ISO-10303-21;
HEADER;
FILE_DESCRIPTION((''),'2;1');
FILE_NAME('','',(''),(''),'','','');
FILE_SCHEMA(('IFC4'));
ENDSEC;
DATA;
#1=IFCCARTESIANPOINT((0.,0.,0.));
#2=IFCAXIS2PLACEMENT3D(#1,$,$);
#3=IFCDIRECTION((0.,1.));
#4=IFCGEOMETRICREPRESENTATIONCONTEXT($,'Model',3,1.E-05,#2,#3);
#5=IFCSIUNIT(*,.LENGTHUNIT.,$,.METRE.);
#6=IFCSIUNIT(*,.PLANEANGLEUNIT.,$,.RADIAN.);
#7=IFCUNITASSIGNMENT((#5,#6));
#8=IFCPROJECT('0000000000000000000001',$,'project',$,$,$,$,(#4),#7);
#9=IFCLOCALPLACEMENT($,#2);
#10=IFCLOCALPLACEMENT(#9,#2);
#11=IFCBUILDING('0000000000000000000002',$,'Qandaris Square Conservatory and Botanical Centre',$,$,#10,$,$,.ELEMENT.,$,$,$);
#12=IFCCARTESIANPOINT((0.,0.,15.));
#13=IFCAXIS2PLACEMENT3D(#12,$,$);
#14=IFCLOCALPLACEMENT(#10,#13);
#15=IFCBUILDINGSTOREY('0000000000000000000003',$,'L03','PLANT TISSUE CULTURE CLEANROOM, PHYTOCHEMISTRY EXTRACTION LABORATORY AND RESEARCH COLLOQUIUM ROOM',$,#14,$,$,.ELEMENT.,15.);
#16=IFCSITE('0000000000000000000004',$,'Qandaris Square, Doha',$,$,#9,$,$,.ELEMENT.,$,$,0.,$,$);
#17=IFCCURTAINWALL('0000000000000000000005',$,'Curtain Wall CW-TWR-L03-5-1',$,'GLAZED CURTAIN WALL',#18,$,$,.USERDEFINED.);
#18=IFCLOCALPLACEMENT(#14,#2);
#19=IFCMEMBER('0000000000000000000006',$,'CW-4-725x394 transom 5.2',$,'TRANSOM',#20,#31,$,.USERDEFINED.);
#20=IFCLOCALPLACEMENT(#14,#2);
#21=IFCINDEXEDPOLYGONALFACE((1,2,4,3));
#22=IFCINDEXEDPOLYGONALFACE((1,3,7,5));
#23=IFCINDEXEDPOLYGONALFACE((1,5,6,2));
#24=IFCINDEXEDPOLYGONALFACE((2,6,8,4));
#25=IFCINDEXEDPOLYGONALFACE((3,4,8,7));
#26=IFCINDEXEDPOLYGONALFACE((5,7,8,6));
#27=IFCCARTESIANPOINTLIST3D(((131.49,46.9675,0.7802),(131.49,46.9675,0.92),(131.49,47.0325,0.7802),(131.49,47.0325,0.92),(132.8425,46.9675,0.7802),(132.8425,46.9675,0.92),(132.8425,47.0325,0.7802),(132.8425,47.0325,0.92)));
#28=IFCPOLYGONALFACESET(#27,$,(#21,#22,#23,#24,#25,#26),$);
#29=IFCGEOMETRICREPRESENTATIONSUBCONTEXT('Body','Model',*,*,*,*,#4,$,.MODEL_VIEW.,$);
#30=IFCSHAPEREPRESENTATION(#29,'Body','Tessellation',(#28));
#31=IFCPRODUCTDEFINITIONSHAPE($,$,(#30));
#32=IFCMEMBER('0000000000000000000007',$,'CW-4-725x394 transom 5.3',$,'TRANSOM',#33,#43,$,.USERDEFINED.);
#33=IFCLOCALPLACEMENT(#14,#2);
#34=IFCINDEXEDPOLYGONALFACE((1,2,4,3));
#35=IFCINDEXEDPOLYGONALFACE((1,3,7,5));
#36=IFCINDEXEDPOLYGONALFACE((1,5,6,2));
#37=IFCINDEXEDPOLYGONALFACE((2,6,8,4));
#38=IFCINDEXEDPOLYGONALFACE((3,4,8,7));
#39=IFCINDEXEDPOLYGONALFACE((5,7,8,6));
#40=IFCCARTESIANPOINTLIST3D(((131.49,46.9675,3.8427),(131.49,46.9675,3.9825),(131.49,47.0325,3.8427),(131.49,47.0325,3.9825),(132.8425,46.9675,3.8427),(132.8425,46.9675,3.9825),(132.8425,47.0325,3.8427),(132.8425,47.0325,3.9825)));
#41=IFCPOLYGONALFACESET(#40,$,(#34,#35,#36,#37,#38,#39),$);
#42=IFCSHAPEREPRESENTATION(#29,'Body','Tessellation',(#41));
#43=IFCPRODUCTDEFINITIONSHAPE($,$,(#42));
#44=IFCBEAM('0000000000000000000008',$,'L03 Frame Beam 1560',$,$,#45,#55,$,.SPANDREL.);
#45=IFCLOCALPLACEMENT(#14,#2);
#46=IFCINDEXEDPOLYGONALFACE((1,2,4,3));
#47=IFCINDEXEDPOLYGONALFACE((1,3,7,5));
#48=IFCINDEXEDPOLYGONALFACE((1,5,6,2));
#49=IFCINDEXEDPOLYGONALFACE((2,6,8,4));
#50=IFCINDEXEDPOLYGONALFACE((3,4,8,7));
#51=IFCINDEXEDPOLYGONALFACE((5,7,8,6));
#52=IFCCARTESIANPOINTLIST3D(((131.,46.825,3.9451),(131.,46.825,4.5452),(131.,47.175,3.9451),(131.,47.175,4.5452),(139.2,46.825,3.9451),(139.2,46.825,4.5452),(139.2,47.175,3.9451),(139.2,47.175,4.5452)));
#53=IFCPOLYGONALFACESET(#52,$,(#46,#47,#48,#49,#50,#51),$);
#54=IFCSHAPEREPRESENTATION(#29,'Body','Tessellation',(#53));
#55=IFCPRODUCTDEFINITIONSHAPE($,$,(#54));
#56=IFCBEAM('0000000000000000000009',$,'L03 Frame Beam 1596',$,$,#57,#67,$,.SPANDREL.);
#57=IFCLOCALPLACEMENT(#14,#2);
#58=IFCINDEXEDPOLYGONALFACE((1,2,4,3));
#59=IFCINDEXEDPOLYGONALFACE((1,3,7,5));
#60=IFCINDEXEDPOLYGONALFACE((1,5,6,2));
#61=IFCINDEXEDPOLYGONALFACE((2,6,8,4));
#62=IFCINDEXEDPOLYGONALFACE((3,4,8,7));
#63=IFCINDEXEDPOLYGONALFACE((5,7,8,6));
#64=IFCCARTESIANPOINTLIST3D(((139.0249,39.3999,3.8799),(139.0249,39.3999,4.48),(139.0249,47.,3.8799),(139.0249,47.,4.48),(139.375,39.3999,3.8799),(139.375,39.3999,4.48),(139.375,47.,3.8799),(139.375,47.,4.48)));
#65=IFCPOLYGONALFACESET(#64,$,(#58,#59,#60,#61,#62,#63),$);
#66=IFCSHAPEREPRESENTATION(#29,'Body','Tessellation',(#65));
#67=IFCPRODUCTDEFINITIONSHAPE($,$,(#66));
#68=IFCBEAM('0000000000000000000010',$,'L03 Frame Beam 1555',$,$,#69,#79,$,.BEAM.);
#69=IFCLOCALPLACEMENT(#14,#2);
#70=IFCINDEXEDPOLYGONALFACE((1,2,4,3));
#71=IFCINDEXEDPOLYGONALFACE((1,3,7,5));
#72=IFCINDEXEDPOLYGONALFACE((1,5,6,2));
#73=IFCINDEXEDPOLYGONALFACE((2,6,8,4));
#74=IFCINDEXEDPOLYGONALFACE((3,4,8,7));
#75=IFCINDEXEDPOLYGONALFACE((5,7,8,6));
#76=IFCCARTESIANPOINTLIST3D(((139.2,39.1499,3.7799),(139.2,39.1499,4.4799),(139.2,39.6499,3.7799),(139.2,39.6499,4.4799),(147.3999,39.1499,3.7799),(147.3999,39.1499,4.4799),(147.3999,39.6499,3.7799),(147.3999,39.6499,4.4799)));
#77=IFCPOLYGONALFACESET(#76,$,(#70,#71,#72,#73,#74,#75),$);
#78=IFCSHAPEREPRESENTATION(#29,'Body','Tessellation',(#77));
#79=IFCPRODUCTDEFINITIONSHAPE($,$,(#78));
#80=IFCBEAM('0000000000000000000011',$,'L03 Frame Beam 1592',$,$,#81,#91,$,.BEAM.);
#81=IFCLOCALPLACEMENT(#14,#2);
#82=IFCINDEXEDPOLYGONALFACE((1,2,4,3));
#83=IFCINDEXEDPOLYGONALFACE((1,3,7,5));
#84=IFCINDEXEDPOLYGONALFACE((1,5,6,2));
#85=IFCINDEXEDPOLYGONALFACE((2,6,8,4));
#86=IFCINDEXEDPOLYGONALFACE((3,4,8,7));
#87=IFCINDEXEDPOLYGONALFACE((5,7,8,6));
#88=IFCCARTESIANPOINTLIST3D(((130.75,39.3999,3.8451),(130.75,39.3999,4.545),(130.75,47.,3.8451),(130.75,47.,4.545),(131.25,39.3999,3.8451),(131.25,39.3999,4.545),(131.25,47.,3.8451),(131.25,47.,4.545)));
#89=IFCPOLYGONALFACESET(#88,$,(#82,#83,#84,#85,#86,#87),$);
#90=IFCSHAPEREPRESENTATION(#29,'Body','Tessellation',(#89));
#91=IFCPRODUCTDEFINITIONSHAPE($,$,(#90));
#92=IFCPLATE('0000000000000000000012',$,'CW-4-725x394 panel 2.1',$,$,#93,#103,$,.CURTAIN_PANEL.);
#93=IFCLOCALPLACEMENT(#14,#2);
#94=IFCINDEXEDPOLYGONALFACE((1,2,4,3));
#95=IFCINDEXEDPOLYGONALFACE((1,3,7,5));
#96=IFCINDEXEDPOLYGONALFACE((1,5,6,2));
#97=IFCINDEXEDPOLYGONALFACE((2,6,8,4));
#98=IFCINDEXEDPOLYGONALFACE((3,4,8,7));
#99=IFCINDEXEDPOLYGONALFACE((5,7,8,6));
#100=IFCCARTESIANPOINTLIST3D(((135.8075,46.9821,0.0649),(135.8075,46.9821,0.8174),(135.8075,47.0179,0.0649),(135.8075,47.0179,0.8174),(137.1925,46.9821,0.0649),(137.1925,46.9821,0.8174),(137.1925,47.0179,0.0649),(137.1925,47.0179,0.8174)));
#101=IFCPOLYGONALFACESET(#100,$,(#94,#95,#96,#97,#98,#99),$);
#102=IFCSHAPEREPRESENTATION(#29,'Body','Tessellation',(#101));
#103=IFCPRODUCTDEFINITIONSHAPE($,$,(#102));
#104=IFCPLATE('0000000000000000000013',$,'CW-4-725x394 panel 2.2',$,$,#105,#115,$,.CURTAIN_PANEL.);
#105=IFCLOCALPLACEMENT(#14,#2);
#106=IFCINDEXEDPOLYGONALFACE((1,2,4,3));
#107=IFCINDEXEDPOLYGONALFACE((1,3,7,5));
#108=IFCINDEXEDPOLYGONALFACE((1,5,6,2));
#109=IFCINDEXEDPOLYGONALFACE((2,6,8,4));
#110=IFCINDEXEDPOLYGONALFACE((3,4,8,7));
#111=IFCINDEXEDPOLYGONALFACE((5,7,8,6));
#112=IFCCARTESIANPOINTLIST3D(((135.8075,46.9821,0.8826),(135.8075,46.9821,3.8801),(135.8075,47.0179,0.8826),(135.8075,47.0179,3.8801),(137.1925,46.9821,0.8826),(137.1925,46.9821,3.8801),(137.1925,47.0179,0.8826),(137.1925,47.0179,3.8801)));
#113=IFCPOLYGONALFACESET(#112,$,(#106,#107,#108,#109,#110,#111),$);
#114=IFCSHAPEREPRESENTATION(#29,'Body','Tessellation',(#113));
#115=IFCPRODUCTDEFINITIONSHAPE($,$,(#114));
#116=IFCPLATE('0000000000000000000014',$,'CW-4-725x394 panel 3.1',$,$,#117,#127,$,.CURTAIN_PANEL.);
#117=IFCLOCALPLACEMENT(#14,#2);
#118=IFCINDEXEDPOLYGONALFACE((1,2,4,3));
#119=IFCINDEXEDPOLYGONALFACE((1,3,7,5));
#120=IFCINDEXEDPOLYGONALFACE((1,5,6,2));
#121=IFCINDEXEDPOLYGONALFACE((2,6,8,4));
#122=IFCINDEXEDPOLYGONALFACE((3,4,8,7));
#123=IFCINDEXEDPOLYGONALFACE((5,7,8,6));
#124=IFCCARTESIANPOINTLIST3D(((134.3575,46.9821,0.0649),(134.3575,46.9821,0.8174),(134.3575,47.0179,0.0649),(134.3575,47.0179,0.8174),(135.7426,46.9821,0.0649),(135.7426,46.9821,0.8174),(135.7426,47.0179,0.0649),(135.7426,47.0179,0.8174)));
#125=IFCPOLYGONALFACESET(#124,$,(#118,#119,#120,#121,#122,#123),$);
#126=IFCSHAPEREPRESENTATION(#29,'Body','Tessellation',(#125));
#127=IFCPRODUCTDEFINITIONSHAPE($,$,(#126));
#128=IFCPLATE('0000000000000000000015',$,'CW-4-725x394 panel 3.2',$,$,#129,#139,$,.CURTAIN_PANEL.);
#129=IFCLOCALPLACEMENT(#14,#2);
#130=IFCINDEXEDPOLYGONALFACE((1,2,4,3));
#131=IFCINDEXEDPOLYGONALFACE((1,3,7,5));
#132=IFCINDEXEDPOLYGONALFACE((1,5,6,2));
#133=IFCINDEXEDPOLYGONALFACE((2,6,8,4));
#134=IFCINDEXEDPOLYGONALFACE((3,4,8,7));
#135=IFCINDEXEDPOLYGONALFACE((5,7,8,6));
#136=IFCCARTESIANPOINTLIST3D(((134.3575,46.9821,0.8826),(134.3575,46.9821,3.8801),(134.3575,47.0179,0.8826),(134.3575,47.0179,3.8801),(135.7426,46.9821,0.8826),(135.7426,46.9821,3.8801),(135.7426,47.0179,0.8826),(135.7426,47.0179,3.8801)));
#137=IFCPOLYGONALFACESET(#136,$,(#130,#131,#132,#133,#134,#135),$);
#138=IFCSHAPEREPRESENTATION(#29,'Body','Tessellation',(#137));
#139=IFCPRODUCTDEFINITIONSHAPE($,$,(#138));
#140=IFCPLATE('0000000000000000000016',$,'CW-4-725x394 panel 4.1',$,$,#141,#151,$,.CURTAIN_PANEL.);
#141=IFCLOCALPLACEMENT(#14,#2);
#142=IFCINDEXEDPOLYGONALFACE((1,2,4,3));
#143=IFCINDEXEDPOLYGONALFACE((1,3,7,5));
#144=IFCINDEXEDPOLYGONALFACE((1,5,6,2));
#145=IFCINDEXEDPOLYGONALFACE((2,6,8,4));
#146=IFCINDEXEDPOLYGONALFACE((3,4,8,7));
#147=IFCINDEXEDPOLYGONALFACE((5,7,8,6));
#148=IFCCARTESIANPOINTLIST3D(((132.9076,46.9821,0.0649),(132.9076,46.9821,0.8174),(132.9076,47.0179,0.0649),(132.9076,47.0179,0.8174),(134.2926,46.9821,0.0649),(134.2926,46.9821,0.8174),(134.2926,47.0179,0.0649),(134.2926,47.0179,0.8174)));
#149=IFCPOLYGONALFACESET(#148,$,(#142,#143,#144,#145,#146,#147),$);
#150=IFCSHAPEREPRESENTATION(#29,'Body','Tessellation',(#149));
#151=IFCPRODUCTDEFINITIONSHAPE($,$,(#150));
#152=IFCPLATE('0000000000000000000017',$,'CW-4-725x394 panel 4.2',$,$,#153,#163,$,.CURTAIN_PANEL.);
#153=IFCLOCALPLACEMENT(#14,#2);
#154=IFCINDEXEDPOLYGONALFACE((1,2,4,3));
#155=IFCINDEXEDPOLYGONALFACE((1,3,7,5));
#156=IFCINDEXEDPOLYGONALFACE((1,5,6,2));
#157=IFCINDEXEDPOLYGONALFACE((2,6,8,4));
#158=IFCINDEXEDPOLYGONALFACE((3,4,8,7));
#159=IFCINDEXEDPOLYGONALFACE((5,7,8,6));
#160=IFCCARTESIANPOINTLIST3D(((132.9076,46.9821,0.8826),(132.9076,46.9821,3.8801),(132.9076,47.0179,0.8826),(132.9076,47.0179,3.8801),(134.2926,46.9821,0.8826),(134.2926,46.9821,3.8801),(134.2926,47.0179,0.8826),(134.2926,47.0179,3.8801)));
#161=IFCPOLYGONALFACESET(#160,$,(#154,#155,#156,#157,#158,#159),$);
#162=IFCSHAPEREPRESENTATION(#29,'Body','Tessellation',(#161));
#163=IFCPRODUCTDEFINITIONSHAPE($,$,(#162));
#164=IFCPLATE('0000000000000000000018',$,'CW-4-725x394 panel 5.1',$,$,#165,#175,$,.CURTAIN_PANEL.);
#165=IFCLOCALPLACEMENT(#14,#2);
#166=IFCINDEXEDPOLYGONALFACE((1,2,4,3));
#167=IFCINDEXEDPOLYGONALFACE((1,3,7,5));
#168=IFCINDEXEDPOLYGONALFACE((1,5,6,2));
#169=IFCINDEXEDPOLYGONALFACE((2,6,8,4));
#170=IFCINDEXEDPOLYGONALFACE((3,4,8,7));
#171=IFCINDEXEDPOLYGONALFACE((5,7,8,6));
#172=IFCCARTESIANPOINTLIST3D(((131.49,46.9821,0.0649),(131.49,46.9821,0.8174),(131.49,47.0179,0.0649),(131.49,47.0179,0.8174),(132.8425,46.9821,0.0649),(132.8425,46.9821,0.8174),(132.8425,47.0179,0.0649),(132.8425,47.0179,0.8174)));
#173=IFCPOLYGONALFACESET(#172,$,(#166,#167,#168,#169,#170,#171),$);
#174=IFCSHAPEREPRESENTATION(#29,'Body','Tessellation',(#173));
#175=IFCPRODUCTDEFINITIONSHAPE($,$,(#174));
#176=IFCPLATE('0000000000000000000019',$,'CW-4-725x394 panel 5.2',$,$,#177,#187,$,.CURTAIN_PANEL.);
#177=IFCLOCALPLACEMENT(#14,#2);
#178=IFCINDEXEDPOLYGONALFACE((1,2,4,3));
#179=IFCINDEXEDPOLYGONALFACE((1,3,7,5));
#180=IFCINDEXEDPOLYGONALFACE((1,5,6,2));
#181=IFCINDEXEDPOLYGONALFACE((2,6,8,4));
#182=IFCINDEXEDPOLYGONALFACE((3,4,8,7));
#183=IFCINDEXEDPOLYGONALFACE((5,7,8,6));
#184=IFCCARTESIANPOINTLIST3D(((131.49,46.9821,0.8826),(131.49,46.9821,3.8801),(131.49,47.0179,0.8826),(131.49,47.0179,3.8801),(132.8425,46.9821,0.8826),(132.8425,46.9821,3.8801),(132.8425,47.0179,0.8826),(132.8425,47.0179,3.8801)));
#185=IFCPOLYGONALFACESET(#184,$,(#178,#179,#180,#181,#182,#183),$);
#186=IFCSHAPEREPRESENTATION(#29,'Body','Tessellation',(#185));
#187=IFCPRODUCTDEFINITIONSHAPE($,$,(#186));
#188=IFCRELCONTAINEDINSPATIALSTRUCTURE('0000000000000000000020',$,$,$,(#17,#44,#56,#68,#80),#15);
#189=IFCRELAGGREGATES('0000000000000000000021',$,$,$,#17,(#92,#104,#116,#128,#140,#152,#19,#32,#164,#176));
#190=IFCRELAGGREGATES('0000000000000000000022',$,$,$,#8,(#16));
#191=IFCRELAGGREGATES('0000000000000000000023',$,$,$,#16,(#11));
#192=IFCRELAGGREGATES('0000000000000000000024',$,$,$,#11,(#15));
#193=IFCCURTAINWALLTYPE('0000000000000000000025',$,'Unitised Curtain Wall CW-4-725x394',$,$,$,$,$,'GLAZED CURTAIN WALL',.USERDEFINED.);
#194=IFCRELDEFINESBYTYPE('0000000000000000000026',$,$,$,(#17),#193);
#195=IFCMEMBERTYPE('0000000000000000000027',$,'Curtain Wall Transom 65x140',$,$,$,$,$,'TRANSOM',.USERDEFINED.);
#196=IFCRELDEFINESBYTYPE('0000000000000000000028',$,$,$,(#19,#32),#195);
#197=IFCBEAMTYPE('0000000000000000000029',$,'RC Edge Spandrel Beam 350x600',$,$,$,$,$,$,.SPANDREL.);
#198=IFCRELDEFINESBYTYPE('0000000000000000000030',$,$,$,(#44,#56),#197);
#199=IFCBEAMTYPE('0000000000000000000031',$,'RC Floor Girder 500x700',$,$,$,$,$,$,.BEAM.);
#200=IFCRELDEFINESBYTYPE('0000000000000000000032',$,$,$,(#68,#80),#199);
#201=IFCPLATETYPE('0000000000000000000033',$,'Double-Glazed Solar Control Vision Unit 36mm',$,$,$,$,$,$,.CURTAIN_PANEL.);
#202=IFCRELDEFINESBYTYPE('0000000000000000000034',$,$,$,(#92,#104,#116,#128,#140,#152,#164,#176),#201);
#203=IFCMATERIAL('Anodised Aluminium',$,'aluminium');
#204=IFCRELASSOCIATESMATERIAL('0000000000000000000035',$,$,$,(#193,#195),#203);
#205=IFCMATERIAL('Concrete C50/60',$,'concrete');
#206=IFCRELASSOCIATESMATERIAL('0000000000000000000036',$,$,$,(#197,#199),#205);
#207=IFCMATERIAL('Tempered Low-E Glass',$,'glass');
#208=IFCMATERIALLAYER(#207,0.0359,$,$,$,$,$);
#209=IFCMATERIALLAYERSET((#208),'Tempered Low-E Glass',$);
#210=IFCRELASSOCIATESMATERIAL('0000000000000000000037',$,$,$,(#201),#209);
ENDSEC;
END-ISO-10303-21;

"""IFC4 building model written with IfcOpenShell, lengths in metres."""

from ifc_helpers import new_model, si_unit, direction, frame, origin, origin_2d, place, context, subcontext, project, spatial, rectangle, extrude, material, layer, layer_set, material_profile, profile_set, type_object, element, aggregate, save


model = new_model("IFC4")

# Units and contexts
model_context = context("Model", 3, precision=1e-05, world=origin(), true_north=direction((0.0, 1.0)))
body_context = subcontext(model_context, "Body", "Model", "MODEL_VIEW")
ifc_project = project(units=[si_unit("LENGTHUNIT", "METRE"), si_unit("PLANEANGLEUNIT", "RADIAN")], contexts=[model_context])

# Site, building, storey
site_placement = place(None, origin())
site = spatial("IfcSite", under=ifc_project, at=site_placement, Name="Qandaris Square, Doha", CompositionType="ELEMENT", RefElevation=0.0)
building_placement = place(site_placement, origin())
building = spatial("IfcBuilding", under=site, at=building_placement, Name="Qandaris Square Conservatory and Botanical Centre", CompositionType="ELEMENT")
storey_placement = place(building_placement, frame((0.0, 0.0, 15.0)))
storey = spatial("IfcBuildingStorey", under=building, at=storey_placement, Name="L03", Description="PLANT TISSUE CULTURE CLEANROOM, PHYTOCHEMISTRY EXTRACTION LABORATORY AND RESEARCH COLLOQUIUM ROOM", CompositionType="ELEMENT", Elevation=15.0)

# Shared definitions
ifc_material_1 = material(Name="Concrete C50/60", Category="concrete")

# Curtain wall, members
ifc_material_2 = material(Name="Anodised Aluminium", Category="aluminium")
curtain_wall_type = type_object("IfcCurtainWallType", Name="Unitised Curtain Wall CW-4-725x394", ElementType="GLAZED CURTAIN WALL", PredefinedType="USERDEFINED", material=ifc_material_2)
curtain_wall_placement = place(storey_placement, origin())
curtain_wall = element("IfcCurtainWall", 1, at=curtain_wall_placement, inside=storey, type_object=curtain_wall_type, Name="Curtain Wall CW-TWR-L03-5-1", ObjectType="GLAZED CURTAIN WALL", PredefinedType="USERDEFINED")
ifc_material_profile_1 = material_profile(ifc_material_2, rectangle(XDim=0.0649, YDim=0.1399, at=origin_2d()), Name="ALU-TRN 65x140")
ifc_profile_set_1 = profile_set([ifc_material_profile_1], Name="Anodised Aluminium")
member_type_1 = type_object("IfcMemberType", Name="Curtain Wall Transom 65x140", ElementType="TRANSOM", PredefinedType="USERDEFINED", material=ifc_profile_set_1)
member_1_placement = place(storey_placement, frame((132.8425, 47.0, 0.8501), z_axis=(-1.0, 0.0, 0.0), x_axis=(0.0, -1.0, 0.0)))
member_1 = element("IfcMember", 2, at=member_1_placement, type_object=member_type_1, Name="CW-4-725x394 transom 5.2", ObjectType="TRANSOM", PredefinedType="USERDEFINED", context=body_context, shape_type="SweptSolid", body=[
    extrude(rectangle(XDim=0.0649, YDim=0.1399, at=origin_2d()), origin(), (0.0, 0.0, 1.0), 1.3525),
])
member_2_placement = place(storey_placement, frame((132.8425, 47.0, 3.9126), z_axis=(-1.0, 0.0, 0.0), x_axis=(0.0, -1.0, 0.0)))
member_2 = element("IfcMember", 3, at=member_2_placement, type_object=member_type_1, Name="CW-4-725x394 transom 5.3", ObjectType="TRANSOM", PredefinedType="USERDEFINED", context=body_context, shape_type="SweptSolid", body=[
    extrude(rectangle(XDim=0.0649, YDim=0.1399, at=origin_2d()), origin(), (0.0, 0.0, 1.0), 1.3525),
])

# Beams
ifc_material_profile_2 = material_profile(ifc_material_1, rectangle(XDim=0.3501, YDim=0.6001, at=origin_2d()), Name="RC-SP 350x600")
ifc_profile_set_2 = profile_set([ifc_material_profile_2], Name="Concrete C50/60")
beam_type_1 = type_object("IfcBeamType", Name="RC Edge Spandrel Beam 350x600", PredefinedType="SPANDREL", material=ifc_profile_set_2)
beam_1_placement = place(storey_placement, frame((131.0, 47.0, 4.2451), z_axis=(1.0, 0.0, 0.0), x_axis=(0.0, 1.0, 0.0)))
element("IfcBeam", 4, at=beam_1_placement, inside=storey, type_object=beam_type_1, Name="L03 Frame Beam 1560", PredefinedType="SPANDREL", context=body_context, shape_type="SweptSolid", body=[
    extrude(rectangle(XDim=0.3501, YDim=0.6001, at=origin_2d()), origin(), (0.0, 0.0, 1.0), 8.2),
])
beam_2_placement = place(storey_placement, frame((139.2, 39.3999, 4.1799), z_axis=(0.0, 1.0, 0.0), x_axis=(-1.0, 0.0, 0.0)))
element("IfcBeam", 5, at=beam_2_placement, inside=storey, type_object=beam_type_1, Name="L03 Frame Beam 1596", PredefinedType="SPANDREL", context=body_context, shape_type="SweptSolid", body=[
    extrude(rectangle(XDim=0.3501, YDim=0.6001, at=origin_2d()), origin(), (0.0, 0.0, 1.0), 7.6001),
])
ifc_material_profile_3 = material_profile(ifc_material_1, rectangle(XDim=0.5, YDim=0.7, at=origin_2d()), Name="RC-BM 500x700")
ifc_profile_set_3 = profile_set([ifc_material_profile_3], Name="Concrete C50/60")
beam_type_2 = type_object("IfcBeamType", Name="RC Floor Girder 500x700", PredefinedType="BEAM", material=ifc_profile_set_3)
beam_3_placement = place(storey_placement, frame((139.2, 39.3999, 4.1299), z_axis=(1.0, 0.0, 0.0), x_axis=(0.0, 1.0, 0.0)))
element("IfcBeam", 6, at=beam_3_placement, inside=storey, type_object=beam_type_2, Name="L03 Frame Beam 1555", PredefinedType="BEAM", context=body_context, shape_type="SweptSolid", body=[
    extrude(rectangle(XDim=0.5, YDim=0.7, at=origin_2d()), origin(), (0.0, 0.0, 1.0), 8.2),
])
beam_4_placement = place(storey_placement, frame((131.0, 39.3999, 4.1951), z_axis=(0.0, 1.0, 0.0), x_axis=(-1.0, 0.0, 0.0)))
element("IfcBeam", 7, at=beam_4_placement, inside=storey, type_object=beam_type_2, Name="L03 Frame Beam 1592", PredefinedType="BEAM", context=body_context, shape_type="SweptSolid", body=[
    extrude(rectangle(XDim=0.5, YDim=0.7, at=origin_2d()), origin(), (0.0, 0.0, 1.0), 7.6001),
])

# Plates
ifc_material_3 = material(Name="Tempered Low-E Glass", Category="glass")
ifc_layer = layer(ifc_material_3, 0.0359)
ifc_layer_set = layer_set([ifc_layer], Name="Tempered Low-E Glass")
plate_type = type_object("IfcPlateType", Name="Double-Glazed Solar Control Vision Unit 36mm", PredefinedType="CURTAIN_PANEL", material=ifc_layer_set)
plate_1_placement = place(storey_placement, frame((136.5, 47.0, 0.0649), z_axis=(0.0, 0.0, 1.0), x_axis=(-1.0, 0.0, 0.0)))
plate_1 = element("IfcPlate", 8, at=plate_1_placement, type_object=plate_type, Name="CW-4-725x394 panel 2.1", PredefinedType="CURTAIN_PANEL", context=body_context, shape_type="SweptSolid", body=[
    extrude(rectangle(XDim=1.385, YDim=0.0359, at=origin_2d()), origin(), (0.0, 0.0, 1.0), 0.7524),
])
plate_2_placement = place(storey_placement, frame((136.5, 47.0, 0.8826), z_axis=(0.0, 0.0, 1.0), x_axis=(-1.0, 0.0, 0.0)))
plate_2 = element("IfcPlate", 9, at=plate_2_placement, type_object=plate_type, Name="CW-4-725x394 panel 2.2", PredefinedType="CURTAIN_PANEL", context=body_context, shape_type="SweptSolid", body=[
    extrude(rectangle(XDim=1.385, YDim=0.0359, at=origin_2d()), origin(), (0.0, 0.0, 1.0), 2.9976),
])
plate_3_placement = place(storey_placement, frame((135.05, 47.0, 0.0649), z_axis=(0.0, 0.0, 1.0), x_axis=(-1.0, 0.0, 0.0)))
plate_3 = element("IfcPlate", 10, at=plate_3_placement, type_object=plate_type, Name="CW-4-725x394 panel 3.1", PredefinedType="CURTAIN_PANEL", context=body_context, shape_type="SweptSolid", body=[
    extrude(rectangle(XDim=1.385, YDim=0.0359, at=origin_2d()), origin(), (0.0, 0.0, 1.0), 0.7524),
])
plate_4_placement = place(storey_placement, frame((135.05, 47.0, 0.8826), z_axis=(0.0, 0.0, 1.0), x_axis=(-1.0, 0.0, 0.0)))
plate_4 = element("IfcPlate", 11, at=plate_4_placement, type_object=plate_type, Name="CW-4-725x394 panel 3.2", PredefinedType="CURTAIN_PANEL", context=body_context, shape_type="SweptSolid", body=[
    extrude(rectangle(XDim=1.385, YDim=0.0359, at=origin_2d()), origin(), (0.0, 0.0, 1.0), 2.9976),
])
plate_5_placement = place(storey_placement, frame((133.6001, 47.0, 0.0649), z_axis=(0.0, 0.0, 1.0), x_axis=(-1.0, 0.0, 0.0)))
plate_5 = element("IfcPlate", 12, at=plate_5_placement, type_object=plate_type, Name="CW-4-725x394 panel 4.1", PredefinedType="CURTAIN_PANEL", context=body_context, shape_type="SweptSolid", body=[
    extrude(rectangle(XDim=1.385, YDim=0.0359, at=origin_2d()), origin(), (0.0, 0.0, 1.0), 0.7524),
])
plate_6_placement = place(storey_placement, frame((133.6001, 47.0, 0.8826), z_axis=(0.0, 0.0, 1.0), x_axis=(-1.0, 0.0, 0.0)))
plate_6 = element("IfcPlate", 13, at=plate_6_placement, type_object=plate_type, Name="CW-4-725x394 panel 4.2", PredefinedType="CURTAIN_PANEL", context=body_context, shape_type="SweptSolid", body=[
    extrude(rectangle(XDim=1.385, YDim=0.0359, at=origin_2d()), origin(), (0.0, 0.0, 1.0), 2.9976),
])
plate_7_placement = place(storey_placement, frame((132.1663, 47.0, 0.0649), z_axis=(0.0, 0.0, 1.0), x_axis=(-1.0, 0.0, 0.0)))
plate_7 = element("IfcPlate", 14, at=plate_7_placement, type_object=plate_type, Name="CW-4-725x394 panel 5.1", PredefinedType="CURTAIN_PANEL", context=body_context, shape_type="SweptSolid", body=[
    extrude(rectangle(XDim=1.3525, YDim=0.0359, at=origin_2d()), origin(), (0.0, 0.0, 1.0), 0.7524),
])
plate_8_placement = place(storey_placement, frame((132.1663, 47.0, 0.8826), z_axis=(0.0, 0.0, 1.0), x_axis=(-1.0, 0.0, 0.0)))
plate_8 = element("IfcPlate", 15, at=plate_8_placement, type_object=plate_type, Name="CW-4-725x394 panel 5.2", PredefinedType="CURTAIN_PANEL", context=body_context, shape_type="SweptSolid", body=[
    extrude(rectangle(XDim=1.3525, YDim=0.0359, at=origin_2d()), origin(), (0.0, 0.0, 1.0), 2.9976),
])
aggregate(curtain_wall, [plate_1, plate_2, plate_3, plate_4, plate_5, plate_6, member_1, member_2, plate_7, plate_8])

save(model, "model.ifc")
